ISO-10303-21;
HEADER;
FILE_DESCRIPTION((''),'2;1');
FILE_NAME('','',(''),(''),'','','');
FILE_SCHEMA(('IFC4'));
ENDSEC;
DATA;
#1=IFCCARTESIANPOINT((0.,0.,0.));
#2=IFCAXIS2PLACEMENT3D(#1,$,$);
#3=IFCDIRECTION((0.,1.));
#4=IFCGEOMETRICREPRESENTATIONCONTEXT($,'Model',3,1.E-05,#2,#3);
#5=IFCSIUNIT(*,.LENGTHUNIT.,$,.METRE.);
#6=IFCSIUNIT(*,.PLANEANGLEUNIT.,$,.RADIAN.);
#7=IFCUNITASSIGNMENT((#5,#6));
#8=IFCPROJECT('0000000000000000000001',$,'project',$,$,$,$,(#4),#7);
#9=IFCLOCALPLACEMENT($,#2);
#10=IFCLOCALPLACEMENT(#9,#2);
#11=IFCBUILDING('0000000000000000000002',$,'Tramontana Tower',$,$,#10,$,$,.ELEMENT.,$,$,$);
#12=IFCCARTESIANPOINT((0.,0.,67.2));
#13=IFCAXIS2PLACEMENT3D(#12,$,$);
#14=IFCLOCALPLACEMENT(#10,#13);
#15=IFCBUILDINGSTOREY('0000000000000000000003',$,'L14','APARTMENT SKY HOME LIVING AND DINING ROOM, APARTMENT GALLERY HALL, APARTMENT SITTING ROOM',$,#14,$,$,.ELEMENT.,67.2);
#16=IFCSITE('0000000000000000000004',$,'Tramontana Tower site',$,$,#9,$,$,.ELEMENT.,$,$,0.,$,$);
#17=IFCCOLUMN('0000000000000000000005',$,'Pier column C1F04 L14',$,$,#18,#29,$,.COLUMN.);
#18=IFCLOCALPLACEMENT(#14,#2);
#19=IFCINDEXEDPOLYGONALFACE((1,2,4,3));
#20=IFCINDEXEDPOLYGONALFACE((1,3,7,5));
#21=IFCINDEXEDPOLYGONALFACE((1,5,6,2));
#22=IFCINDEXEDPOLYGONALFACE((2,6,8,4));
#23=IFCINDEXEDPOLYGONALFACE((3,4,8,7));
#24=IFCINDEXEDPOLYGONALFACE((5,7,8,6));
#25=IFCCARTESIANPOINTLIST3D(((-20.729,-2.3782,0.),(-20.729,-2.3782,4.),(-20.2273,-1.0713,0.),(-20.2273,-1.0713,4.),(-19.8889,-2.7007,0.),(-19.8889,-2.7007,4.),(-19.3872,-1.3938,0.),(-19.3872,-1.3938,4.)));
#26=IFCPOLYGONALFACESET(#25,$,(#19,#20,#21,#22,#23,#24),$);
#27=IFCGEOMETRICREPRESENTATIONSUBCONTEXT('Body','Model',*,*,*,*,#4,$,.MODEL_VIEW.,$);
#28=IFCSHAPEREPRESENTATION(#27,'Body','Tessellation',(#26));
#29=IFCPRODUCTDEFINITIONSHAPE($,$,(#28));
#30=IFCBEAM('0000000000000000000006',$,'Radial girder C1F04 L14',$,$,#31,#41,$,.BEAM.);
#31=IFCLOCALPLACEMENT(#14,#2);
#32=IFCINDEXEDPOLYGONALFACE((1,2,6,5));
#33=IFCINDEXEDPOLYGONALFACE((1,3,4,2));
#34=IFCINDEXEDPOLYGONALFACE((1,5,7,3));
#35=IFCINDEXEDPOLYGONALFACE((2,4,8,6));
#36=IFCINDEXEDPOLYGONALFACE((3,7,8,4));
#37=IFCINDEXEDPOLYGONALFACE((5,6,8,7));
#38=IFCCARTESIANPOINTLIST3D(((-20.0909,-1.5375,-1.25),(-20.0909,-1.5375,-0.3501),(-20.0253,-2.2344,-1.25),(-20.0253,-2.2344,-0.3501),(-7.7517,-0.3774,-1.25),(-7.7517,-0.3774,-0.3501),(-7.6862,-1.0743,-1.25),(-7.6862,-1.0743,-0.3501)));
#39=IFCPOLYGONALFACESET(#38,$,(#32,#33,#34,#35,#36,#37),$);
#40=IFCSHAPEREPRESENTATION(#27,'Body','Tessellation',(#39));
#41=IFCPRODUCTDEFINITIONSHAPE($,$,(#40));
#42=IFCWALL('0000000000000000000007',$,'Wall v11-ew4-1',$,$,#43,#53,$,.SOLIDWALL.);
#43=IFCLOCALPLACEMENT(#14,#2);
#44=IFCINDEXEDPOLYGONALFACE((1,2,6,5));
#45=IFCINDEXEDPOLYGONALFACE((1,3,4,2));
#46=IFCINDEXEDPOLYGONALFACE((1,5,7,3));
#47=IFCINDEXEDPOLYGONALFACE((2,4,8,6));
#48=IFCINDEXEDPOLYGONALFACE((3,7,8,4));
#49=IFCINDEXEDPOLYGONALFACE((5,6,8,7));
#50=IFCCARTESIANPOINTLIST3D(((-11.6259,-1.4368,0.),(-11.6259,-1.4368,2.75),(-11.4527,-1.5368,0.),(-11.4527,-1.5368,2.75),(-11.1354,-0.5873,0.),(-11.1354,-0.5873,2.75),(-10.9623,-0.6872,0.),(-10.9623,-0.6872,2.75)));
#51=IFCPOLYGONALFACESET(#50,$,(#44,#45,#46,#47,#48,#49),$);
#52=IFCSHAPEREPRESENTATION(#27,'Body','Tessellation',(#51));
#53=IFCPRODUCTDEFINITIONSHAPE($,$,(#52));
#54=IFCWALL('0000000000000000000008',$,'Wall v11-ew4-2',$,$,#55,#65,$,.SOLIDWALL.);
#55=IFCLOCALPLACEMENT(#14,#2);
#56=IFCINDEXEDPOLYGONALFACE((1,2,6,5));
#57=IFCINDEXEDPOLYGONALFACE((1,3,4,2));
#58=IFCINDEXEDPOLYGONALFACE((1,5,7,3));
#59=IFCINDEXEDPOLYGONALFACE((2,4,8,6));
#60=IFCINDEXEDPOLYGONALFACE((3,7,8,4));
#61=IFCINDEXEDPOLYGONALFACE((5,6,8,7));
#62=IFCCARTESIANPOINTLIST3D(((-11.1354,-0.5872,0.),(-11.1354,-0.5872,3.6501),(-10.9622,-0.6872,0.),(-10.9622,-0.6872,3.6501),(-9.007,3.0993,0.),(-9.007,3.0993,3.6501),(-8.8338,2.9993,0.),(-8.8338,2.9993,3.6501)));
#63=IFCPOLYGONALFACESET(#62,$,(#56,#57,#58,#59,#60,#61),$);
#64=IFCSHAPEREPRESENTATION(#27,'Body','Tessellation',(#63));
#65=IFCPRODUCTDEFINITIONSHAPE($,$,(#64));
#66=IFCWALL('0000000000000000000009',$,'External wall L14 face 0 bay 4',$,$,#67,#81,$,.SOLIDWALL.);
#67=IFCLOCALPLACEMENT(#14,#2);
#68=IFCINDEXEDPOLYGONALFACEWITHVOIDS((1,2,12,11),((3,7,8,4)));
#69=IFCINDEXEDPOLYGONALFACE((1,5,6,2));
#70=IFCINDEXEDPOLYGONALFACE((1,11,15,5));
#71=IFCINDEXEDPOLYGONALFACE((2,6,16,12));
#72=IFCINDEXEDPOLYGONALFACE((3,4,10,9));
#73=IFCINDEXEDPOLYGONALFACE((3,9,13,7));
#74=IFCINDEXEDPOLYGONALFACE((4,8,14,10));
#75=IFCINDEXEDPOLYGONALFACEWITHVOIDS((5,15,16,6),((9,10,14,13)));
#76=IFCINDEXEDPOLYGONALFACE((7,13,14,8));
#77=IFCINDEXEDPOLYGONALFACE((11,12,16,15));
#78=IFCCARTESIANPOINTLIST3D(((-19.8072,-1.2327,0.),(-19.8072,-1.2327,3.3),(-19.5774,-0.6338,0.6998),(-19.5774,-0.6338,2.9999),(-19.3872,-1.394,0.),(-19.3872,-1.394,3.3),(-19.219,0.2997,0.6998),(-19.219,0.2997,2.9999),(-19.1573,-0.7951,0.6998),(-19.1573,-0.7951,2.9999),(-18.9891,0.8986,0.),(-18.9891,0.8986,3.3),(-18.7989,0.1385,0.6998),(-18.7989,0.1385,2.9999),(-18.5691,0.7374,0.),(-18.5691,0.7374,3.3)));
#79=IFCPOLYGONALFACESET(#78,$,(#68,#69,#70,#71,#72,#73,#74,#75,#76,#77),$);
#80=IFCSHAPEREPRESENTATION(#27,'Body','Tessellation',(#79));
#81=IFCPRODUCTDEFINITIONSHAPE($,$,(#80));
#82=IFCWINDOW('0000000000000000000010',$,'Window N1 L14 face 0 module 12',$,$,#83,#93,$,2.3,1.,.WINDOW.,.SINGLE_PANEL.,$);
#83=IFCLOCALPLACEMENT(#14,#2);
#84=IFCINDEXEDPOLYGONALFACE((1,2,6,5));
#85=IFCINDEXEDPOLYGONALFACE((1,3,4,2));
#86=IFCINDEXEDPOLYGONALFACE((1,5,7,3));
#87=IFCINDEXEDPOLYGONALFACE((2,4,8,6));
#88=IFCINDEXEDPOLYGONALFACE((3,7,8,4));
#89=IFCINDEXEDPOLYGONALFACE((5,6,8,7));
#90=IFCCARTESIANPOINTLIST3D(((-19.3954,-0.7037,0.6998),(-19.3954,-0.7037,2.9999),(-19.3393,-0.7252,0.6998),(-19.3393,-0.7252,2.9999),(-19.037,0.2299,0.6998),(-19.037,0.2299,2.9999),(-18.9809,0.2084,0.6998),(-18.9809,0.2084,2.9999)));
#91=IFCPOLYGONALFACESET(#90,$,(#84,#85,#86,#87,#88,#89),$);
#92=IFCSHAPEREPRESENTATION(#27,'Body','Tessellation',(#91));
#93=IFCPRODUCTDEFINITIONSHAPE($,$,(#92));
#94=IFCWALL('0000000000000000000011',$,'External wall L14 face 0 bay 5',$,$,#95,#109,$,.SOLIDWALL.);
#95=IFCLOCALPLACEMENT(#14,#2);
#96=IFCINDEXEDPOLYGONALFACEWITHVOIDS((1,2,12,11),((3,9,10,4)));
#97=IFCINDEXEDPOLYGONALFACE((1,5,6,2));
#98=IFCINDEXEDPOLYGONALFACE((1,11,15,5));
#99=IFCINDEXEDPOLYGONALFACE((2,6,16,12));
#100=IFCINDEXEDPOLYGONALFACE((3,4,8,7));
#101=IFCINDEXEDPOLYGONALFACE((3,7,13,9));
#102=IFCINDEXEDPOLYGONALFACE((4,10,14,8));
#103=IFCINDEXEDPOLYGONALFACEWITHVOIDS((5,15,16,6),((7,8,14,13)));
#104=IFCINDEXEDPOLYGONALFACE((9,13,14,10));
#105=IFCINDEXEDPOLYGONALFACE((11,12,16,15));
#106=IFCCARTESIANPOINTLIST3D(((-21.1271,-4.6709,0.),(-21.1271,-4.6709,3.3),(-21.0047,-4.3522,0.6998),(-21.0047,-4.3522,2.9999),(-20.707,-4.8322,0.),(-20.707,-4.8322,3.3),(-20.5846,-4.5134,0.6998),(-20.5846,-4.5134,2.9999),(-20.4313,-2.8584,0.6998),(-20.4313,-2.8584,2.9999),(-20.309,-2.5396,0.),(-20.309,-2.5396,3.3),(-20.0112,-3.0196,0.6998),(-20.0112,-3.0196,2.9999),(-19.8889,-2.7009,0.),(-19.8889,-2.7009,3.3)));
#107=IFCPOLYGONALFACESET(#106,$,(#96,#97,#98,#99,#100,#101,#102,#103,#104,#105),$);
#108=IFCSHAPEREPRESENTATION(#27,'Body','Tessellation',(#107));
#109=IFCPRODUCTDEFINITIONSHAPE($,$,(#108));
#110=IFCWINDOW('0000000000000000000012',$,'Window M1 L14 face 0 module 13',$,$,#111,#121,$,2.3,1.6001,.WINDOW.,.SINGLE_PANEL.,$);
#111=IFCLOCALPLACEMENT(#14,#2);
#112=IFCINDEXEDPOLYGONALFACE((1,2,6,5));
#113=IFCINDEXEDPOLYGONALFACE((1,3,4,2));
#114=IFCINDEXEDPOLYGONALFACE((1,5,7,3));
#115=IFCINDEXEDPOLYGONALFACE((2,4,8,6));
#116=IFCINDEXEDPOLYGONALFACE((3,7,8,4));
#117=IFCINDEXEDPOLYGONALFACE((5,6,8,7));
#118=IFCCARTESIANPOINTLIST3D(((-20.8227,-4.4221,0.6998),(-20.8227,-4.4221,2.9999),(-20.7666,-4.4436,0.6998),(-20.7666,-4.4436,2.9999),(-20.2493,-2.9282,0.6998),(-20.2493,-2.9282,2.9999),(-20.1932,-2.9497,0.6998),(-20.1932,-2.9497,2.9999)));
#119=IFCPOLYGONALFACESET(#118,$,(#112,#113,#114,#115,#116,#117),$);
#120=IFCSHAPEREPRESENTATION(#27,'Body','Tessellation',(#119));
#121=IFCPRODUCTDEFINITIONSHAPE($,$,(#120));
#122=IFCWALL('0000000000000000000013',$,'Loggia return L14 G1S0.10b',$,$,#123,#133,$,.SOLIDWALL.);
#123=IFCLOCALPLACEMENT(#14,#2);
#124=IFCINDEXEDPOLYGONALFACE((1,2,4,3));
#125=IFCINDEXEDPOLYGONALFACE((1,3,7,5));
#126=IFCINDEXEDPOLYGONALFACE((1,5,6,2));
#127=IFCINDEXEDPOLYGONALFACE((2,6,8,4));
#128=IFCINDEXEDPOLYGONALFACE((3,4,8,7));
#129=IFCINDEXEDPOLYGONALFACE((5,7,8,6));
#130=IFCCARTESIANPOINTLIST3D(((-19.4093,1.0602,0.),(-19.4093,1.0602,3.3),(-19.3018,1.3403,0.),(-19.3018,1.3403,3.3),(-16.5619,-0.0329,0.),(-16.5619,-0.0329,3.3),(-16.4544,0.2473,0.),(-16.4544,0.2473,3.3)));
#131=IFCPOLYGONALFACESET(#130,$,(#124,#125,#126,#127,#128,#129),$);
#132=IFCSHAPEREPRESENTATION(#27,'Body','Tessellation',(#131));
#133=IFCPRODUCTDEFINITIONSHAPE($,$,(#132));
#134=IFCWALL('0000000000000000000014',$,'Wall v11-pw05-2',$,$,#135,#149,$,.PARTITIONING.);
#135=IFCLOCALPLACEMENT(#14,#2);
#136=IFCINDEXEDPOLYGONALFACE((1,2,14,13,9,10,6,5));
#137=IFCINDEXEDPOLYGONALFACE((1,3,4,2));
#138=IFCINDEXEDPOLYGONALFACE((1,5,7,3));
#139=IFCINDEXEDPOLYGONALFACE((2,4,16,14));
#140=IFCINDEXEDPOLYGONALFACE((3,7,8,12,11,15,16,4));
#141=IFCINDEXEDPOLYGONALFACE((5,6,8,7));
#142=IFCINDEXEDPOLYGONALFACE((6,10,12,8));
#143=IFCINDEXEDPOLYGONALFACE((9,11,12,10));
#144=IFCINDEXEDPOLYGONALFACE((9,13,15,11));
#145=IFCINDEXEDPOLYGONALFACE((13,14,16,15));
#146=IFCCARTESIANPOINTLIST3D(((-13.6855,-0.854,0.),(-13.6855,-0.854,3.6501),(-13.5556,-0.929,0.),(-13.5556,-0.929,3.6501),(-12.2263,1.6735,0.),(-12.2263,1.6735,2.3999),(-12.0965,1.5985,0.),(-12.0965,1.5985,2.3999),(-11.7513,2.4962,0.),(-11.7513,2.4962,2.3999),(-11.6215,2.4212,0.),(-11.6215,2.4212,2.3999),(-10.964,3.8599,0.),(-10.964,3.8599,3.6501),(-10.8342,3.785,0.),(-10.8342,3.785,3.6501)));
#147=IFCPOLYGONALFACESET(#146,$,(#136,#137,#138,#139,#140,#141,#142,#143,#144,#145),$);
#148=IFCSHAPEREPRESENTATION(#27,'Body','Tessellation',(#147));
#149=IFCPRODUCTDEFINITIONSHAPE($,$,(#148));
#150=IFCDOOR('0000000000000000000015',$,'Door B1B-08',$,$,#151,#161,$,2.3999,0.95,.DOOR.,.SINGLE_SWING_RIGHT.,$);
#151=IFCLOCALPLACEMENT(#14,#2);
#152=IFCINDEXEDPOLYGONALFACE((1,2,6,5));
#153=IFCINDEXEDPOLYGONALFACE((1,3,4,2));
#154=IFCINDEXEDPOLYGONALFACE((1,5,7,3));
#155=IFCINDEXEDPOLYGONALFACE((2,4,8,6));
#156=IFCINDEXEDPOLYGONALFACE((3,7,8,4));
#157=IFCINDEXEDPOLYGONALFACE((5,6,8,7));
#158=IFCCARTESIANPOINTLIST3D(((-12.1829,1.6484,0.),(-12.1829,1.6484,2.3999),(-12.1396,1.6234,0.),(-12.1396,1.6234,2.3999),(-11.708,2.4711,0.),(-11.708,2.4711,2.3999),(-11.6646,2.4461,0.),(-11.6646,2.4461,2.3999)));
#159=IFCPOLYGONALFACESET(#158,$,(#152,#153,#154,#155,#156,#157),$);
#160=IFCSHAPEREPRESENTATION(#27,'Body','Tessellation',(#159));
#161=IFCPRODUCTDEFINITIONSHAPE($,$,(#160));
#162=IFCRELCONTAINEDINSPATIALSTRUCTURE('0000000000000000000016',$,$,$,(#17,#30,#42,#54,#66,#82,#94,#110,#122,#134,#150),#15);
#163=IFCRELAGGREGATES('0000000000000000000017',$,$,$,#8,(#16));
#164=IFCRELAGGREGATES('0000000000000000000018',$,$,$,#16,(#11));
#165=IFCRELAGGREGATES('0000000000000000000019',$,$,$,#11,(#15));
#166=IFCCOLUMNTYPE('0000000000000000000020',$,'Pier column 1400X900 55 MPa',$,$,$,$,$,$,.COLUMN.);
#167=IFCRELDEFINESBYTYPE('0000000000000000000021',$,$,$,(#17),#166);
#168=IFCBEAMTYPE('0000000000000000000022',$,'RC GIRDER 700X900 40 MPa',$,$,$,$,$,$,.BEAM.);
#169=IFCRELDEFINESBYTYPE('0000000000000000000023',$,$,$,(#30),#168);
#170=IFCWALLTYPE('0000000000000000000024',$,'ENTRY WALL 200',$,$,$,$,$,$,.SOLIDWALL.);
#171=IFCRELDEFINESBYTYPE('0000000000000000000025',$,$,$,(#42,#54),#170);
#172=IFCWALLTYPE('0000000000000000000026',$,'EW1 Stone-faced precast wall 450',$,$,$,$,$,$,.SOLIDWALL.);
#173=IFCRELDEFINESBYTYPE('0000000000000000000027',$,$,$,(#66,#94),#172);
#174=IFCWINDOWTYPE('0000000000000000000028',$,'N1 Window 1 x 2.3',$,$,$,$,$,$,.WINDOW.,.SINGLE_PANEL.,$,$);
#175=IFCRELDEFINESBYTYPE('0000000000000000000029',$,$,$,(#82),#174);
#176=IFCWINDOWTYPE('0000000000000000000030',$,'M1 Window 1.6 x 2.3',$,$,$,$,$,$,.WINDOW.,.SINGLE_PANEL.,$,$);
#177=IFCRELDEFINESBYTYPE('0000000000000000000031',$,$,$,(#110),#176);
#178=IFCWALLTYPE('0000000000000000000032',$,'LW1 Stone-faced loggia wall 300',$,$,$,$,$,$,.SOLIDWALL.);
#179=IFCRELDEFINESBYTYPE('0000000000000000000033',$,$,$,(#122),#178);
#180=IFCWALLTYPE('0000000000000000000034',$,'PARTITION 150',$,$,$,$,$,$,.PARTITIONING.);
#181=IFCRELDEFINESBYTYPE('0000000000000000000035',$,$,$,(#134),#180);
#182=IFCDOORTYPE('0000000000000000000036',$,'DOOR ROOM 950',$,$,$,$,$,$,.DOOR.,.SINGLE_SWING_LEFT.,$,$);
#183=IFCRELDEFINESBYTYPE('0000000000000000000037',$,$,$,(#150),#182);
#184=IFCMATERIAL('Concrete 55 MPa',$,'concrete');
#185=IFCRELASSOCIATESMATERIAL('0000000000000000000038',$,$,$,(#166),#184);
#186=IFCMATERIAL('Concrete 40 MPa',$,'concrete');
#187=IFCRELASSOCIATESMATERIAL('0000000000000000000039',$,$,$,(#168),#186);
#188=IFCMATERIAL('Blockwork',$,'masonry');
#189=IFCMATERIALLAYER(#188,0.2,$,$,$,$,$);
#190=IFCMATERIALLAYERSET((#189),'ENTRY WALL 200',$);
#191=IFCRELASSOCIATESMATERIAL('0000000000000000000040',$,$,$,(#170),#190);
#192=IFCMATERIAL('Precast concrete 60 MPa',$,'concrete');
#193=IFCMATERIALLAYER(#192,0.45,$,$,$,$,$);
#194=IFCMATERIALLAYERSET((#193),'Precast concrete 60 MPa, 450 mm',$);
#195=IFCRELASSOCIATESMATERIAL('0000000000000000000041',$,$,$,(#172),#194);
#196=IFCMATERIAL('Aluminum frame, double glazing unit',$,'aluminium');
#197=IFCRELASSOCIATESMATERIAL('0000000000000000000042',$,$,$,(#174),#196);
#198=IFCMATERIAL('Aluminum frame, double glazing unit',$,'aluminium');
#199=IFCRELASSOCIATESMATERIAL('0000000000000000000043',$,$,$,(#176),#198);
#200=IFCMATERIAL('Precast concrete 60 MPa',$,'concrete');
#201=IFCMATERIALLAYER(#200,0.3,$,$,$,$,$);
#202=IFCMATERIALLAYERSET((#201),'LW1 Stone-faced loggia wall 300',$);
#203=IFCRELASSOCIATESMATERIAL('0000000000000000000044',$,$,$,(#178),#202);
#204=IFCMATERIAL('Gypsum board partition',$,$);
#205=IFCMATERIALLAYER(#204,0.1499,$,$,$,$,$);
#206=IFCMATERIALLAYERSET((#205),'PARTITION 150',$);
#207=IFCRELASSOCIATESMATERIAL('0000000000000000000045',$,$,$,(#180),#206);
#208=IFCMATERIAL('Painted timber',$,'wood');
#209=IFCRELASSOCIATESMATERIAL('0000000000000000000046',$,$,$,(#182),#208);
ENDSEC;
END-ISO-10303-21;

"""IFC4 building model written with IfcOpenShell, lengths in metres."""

from ifc_helpers import new_model, si_unit, direction, frame, frame_2d, origin, origin_2d, place, context, subcontext, project, spatial, rectangle, extrude, material, layer, layer_set, material_profile, profile_set, type_object, element, fill, save


model = new_model("IFC4")

# Units and contexts
model_context = context("Model", 3, precision=1e-05, world=origin(), true_north=direction((0.0, 1.0)))
body_context = subcontext(model_context, "Body", "Model", "MODEL_VIEW")
ifc_project = project(units=[si_unit("LENGTHUNIT", "METRE"), si_unit("PLANEANGLEUNIT", "RADIAN")], contexts=[model_context])

# Site, building, storey
site_placement = place(None, origin())
site = spatial("IfcSite", under=ifc_project, at=site_placement, Name="Tramontana Tower site", CompositionType="ELEMENT", RefElevation=0.0)
building_placement = place(site_placement, origin())
building = spatial("IfcBuilding", under=site, at=building_placement, Name="Tramontana Tower", CompositionType="ELEMENT")
storey_placement = place(building_placement, frame((0.0, 0.0, 67.2)))
storey = spatial("IfcBuildingStorey", under=building, at=storey_placement, Name="L14", Description="APARTMENT SKY HOME LIVING AND DINING ROOM, APARTMENT GALLERY HALL, APARTMENT SITTING ROOM", CompositionType="ELEMENT", Elevation=67.2)

# Column
ifc_material_1 = material(Name="Concrete 55 MPa", Category="concrete")
ifc_material_profile_1 = material_profile(ifc_material_1, rectangle(XDim=1.3999, YDim=0.8999, at=origin_2d()), Name="Pier column 1400X900 55 MPa")
ifc_profile_set_1 = profile_set([ifc_material_profile_1], Name="Concrete 55 MPa")
column_type = type_object("IfcColumnType", Name="Pier column 1400X900 55 MPa", PredefinedType="COLUMN", material=ifc_profile_set_1)
column_placement = place(storey_placement, frame((-20.0581, -1.886, 0.0), z_axis=(0.0, 0.0, 1.0), x_axis=(-0.358368, -0.93358, 0.0)))
element("IfcColumn", 1, at=column_placement, inside=storey, type_object=column_type, Name="Pier column C1F04 L14", PredefinedType="COLUMN", context=body_context, shape_type="SweptSolid", body=[
    extrude(rectangle(XDim=1.3999, YDim=0.8999, at=origin_2d()), origin(), (0.0, 0.0, 1.0), 4.0),
])

# Beam
ifc_material_2 = material(Name="Concrete 40 MPa", Category="concrete")
ifc_material_profile_2 = material_profile(ifc_material_2, rectangle(XDim=0.7, YDim=0.8999, at=origin_2d()), Name="RC GIRDER 700X900 40 MPa")
ifc_profile_set_2 = profile_set([ifc_material_profile_2], Name="Concrete 40 MPa")
beam_type = type_object("IfcBeamType", Name="RC GIRDER 700X900 40 MPa", PredefinedType="BEAM", material=ifc_profile_set_2)
beam_placement = place(storey_placement, frame((-20.0581, -1.886, -0.8), z_axis=(0.995609, 0.09361, 0.0), x_axis=(-0.09361, 0.995609, 0.0)))
element("IfcBeam", 2, at=beam_placement, inside=storey, type_object=beam_type, Name="Radial girder C1F04 L14", PredefinedType="BEAM", context=body_context, shape_type="SweptSolid", body=[
    extrude(rectangle(XDim=0.7, YDim=0.8999, at=origin_2d()), origin(), (0.0, 0.0, 1.0), 12.3936),
])

# Walls
ifc_material_3 = material(Name="Blockwork", Category="masonry")
ifc_layer_1 = layer(ifc_material_3, 0.2)
ifc_layer_set_1 = layer_set([ifc_layer_1], Name="ENTRY WALL 200")
wall_type_1 = type_object("IfcWallType", Name="ENTRY WALL 200", PredefinedType="SOLIDWALL", material=ifc_layer_set_1)
wall_1_placement = place(storey_placement, frame((-11.5393, -1.4868, 0.0), z_axis=(0.0, 0.0, 1.0), x_axis=(0.499967, 0.866045, 0.0)))
element("IfcWall", 3, at=wall_1_placement, inside=storey, type_object=wall_type_1, Name="Wall v11-ew4-1", PredefinedType="SOLIDWALL", context=body_context, shape_type="SweptSolid", body=[
    extrude(rectangle(XDim=0.981, YDim=0.2, at=frame_2d((0.4905, 0.0))), origin(), (0.0, 0.0, 1.0), 2.75),
])
wall_2_placement = place(storey_placement, frame((-11.0488, -0.6372, 0.0), z_axis=(0.0, 0.0, 1.0), x_axis=(0.5, 0.866025, 0.0)))
element("IfcWall", 4, at=wall_2_placement, inside=storey, type_object=wall_type_1, Name="Wall v11-ew4-2", PredefinedType="SOLIDWALL", context=body_context, shape_type="SweptSolid", body=[
    extrude(rectangle(XDim=4.2568, YDim=0.2, at=frame_2d((2.1284, 0.0))), origin(), (0.0, 0.0, 1.0), 3.6501),
])

# Walls, openings, windows
ifc_material_4 = material(Name="Precast concrete 60 MPa", Category="concrete")
ifc_layer_2 = layer(ifc_material_4, 0.45)
ifc_layer_set_2 = layer_set([ifc_layer_2], Name="Precast concrete 60 MPa, 450 mm")
wall_type_2 = type_object("IfcWallType", Name="EW1 Stone-faced precast wall 450", PredefinedType="SOLIDWALL", material=ifc_layer_set_2)
wall_3_placement = place(storey_placement, frame((-18.7791, 0.8181, 0.0), z_axis=(0.0, 0.0, 1.0), x_axis=(-0.358356, -0.933585, 0.0)))
wall_3 = element("IfcWall", 5, at=wall_3_placement, inside=storey, type_object=wall_type_2, Name="External wall L14 face 0 bay 4", PredefinedType="SOLIDWALL", context=body_context, shape_type="SweptSolid", body=[
    extrude(rectangle(XDim=2.283, YDim=0.45, at=frame_2d((1.1416, 0.0))), origin(), (0.0, 0.0, 1.0), 3.3),
])
opening_1_placement = place(wall_3_placement, frame((0.6416, 0.0, 0.7)))
opening_1 = element("IfcOpeningElement", 6, at=opening_1_placement, cuts=wall_3, PredefinedType="OPENING", context=body_context, shape_type="SweptSolid", body=[
    extrude(rectangle(XDim=1.0, YDim=2.3, at=frame_2d((0.5, 1.1499))), frame((0.0, 0.2349, 0.0), z_axis=(0.0, -1.0, 0.0), x_axis=(1.0, 0.0, 0.0)), (0.0, 0.0, 1.0), 0.47),
])
ifc_material_5 = material(Name="Aluminum frame, double glazing unit", Category="aluminium")
window_type_1 = type_object("IfcWindowType", Name="N1 Window 1 x 2.3", PartitioningType="SINGLE_PANEL", PredefinedType="WINDOW", material=ifc_material_5)
window_1_placement = place(opening_1_placement, origin())
window_1 = element("IfcWindow", 7, at=window_1_placement, inside=storey, type_object=window_type_1, Name="Window N1 L14 face 0 module 12", OverallHeight=2.3, OverallWidth=1.0, PartitioningType="SINGLE_PANEL", PredefinedType="WINDOW", context=body_context, shape_type="SweptSolid", body=[
    extrude(rectangle(XDim=1.0, YDim=2.3, at=frame_2d((0.5, 1.1499))), frame((0.0, 0.03, 0.0), z_axis=(0.0, -1.0, 0.0), x_axis=(1.0, 0.0, 0.0)), (0.0, 0.0, 1.0), 0.0601),
])
fill(opening_1, window_1)
wall_4_placement = place(storey_placement, frame((-20.0989, -2.6201, 0.0), z_axis=(0.0, 0.0, 1.0), x_axis=(-0.358356, -0.933585, 0.0)))
wall_4 = element("IfcWall", 8, at=wall_4_placement, inside=storey, type_object=wall_type_2, Name="External wall L14 face 0 bay 5", PredefinedType="SOLIDWALL", context=body_context, shape_type="SweptSolid", body=[
    extrude(rectangle(XDim=2.283, YDim=0.45, at=frame_2d((1.1416, 0.0))), origin(), (0.0, 0.0, 1.0), 3.3),
])
opening_2_placement = place(wall_4_placement, frame((0.3416, 0.0, 0.7)))
opening_2 = element("IfcOpeningElement", 9, at=opening_2_placement, cuts=wall_4, PredefinedType="OPENING", context=body_context, shape_type="SweptSolid", body=[
    extrude(rectangle(XDim=1.6001, YDim=2.3, at=frame_2d((0.8, 1.1499))), frame((0.0, 0.2349, 0.0), z_axis=(0.0, -1.0, 0.0), x_axis=(1.0, 0.0, 0.0)), (0.0, 0.0, 1.0), 0.47),
])
ifc_material_6 = material(Name="Aluminum frame, double glazing unit", Category="aluminium")
window_type_2 = type_object("IfcWindowType", Name="M1 Window 1.6 x 2.3", PartitioningType="SINGLE_PANEL", PredefinedType="WINDOW", material=ifc_material_6)
window_2_placement = place(opening_2_placement, origin())
window_2 = element("IfcWindow", 10, at=window_2_placement, inside=storey, type_object=window_type_2, Name="Window M1 L14 face 0 module 13", OverallHeight=2.3, OverallWidth=1.6001, PartitioningType="SINGLE_PANEL", PredefinedType="WINDOW", context=body_context, shape_type="SweptSolid", body=[
    extrude(rectangle(XDim=1.6001, YDim=2.3, at=frame_2d((0.8, 1.1499))), frame((0.0, 0.03, 0.0), z_axis=(0.0, -1.0, 0.0), x_axis=(1.0, 0.0, 0.0)), (0.0, 0.0, 1.0), 0.0601),
])
fill(opening_2, window_2)

# Wall
ifc_material_7 = material(Name="Precast concrete 60 MPa", Category="concrete")
ifc_layer_3 = layer(ifc_material_7, 0.3)
ifc_layer_set_3 = layer_set([ifc_layer_3], Name="LW1 Stone-faced loggia wall 300")
wall_type_3 = type_object("IfcWallType", Name="LW1 Stone-faced loggia wall 300", PredefinedType="SOLIDWALL", material=ifc_layer_set_3)
wall_5_placement = place(storey_placement, frame((-19.3555, 1.2002, 0.0), z_axis=(0.0, 0.0, 1.0), x_axis=(0.933581, -0.358368, 0.0)))
element("IfcWall", 11, at=wall_5_placement, inside=storey, type_object=wall_type_3, Name="Loggia return L14 G1S0.10b", PredefinedType="SOLIDWALL", context=body_context, shape_type="SweptSolid", body=[
    extrude(rectangle(XDim=3.05, YDim=0.3, at=frame_2d((1.5249, 0.0))), origin(), (0.0, 0.0, 1.0), 3.3),
])

# Wall, opening, door
ifc_material_8 = material(Name="Gypsum board partition")
ifc_layer_4 = layer(ifc_material_8, 0.1499)
ifc_layer_set_4 = layer_set([ifc_layer_4], Name="PARTITION 150")
wall_type_4 = type_object("IfcWallType", Name="PARTITION 150", PredefinedType="PARTITIONING", material=ifc_layer_set_4)
ifc_material_9 = material(Name="Painted timber", Category="wood")
door_type = type_object("IfcDoorType", Name="DOOR ROOM 950", OperationType="SINGLE_SWING_LEFT", PredefinedType="DOOR", material=ifc_material_9)
wall_6_placement = place(storey_placement, frame((-13.6206, -0.8916, 0.0), z_axis=(0.0, 0.0, 1.0), x_axis=(0.499984, 0.866035, 0.0)))
wall_6 = element("IfcWall", 12, at=wall_6_placement, inside=storey, type_object=wall_type_4, Name="Wall v11-pw05-2", PredefinedType="PARTITIONING", context=body_context, shape_type="SweptSolid", body=[
    extrude(rectangle(XDim=5.4431, YDim=0.1499, at=frame_2d((2.7217, 0.0))), origin(), (0.0, 0.0, 1.0), 3.6501),
])
opening_3_placement = place(wall_6_placement, frame((2.9185, 0.0, 0.0)))
opening_3 = element("IfcOpeningElement", 13, at=opening_3_placement, cuts=wall_6, PredefinedType="OPENING", context=body_context, shape_type="SweptSolid", body=[
    extrude(rectangle(XDim=0.95, YDim=2.3999, at=frame_2d((0.4751, 1.2))), frame((0.0, 0.085, 0.0), z_axis=(0.0, -1.0, 0.0), x_axis=(1.0, 0.0, 0.0)), (0.0, 0.0, 1.0), 0.1699),
])
door_1_placement = place(opening_3_placement, origin())
door_1 = element("IfcDoor", 14, at=door_1_placement, inside=storey, type_object=door_type, Name="Door B1B-08", OperationType="SINGLE_SWING_RIGHT", OverallHeight=2.3999, OverallWidth=0.95, PredefinedType="DOOR", context=body_context, shape_type="SweptSolid", body=[
    extrude(rectangle(XDim=0.95, YDim=2.3999, at=frame_2d((0.4751, 1.2))), frame((0.0, 0.0249, 0.0), z_axis=(0.0, -1.0, 0.0), x_axis=(1.0, 0.0, 0.0)), (0.0, 0.0, 1.0), 0.05),
])
fill(opening_3, door_1)

save(model, "model.ifc")
